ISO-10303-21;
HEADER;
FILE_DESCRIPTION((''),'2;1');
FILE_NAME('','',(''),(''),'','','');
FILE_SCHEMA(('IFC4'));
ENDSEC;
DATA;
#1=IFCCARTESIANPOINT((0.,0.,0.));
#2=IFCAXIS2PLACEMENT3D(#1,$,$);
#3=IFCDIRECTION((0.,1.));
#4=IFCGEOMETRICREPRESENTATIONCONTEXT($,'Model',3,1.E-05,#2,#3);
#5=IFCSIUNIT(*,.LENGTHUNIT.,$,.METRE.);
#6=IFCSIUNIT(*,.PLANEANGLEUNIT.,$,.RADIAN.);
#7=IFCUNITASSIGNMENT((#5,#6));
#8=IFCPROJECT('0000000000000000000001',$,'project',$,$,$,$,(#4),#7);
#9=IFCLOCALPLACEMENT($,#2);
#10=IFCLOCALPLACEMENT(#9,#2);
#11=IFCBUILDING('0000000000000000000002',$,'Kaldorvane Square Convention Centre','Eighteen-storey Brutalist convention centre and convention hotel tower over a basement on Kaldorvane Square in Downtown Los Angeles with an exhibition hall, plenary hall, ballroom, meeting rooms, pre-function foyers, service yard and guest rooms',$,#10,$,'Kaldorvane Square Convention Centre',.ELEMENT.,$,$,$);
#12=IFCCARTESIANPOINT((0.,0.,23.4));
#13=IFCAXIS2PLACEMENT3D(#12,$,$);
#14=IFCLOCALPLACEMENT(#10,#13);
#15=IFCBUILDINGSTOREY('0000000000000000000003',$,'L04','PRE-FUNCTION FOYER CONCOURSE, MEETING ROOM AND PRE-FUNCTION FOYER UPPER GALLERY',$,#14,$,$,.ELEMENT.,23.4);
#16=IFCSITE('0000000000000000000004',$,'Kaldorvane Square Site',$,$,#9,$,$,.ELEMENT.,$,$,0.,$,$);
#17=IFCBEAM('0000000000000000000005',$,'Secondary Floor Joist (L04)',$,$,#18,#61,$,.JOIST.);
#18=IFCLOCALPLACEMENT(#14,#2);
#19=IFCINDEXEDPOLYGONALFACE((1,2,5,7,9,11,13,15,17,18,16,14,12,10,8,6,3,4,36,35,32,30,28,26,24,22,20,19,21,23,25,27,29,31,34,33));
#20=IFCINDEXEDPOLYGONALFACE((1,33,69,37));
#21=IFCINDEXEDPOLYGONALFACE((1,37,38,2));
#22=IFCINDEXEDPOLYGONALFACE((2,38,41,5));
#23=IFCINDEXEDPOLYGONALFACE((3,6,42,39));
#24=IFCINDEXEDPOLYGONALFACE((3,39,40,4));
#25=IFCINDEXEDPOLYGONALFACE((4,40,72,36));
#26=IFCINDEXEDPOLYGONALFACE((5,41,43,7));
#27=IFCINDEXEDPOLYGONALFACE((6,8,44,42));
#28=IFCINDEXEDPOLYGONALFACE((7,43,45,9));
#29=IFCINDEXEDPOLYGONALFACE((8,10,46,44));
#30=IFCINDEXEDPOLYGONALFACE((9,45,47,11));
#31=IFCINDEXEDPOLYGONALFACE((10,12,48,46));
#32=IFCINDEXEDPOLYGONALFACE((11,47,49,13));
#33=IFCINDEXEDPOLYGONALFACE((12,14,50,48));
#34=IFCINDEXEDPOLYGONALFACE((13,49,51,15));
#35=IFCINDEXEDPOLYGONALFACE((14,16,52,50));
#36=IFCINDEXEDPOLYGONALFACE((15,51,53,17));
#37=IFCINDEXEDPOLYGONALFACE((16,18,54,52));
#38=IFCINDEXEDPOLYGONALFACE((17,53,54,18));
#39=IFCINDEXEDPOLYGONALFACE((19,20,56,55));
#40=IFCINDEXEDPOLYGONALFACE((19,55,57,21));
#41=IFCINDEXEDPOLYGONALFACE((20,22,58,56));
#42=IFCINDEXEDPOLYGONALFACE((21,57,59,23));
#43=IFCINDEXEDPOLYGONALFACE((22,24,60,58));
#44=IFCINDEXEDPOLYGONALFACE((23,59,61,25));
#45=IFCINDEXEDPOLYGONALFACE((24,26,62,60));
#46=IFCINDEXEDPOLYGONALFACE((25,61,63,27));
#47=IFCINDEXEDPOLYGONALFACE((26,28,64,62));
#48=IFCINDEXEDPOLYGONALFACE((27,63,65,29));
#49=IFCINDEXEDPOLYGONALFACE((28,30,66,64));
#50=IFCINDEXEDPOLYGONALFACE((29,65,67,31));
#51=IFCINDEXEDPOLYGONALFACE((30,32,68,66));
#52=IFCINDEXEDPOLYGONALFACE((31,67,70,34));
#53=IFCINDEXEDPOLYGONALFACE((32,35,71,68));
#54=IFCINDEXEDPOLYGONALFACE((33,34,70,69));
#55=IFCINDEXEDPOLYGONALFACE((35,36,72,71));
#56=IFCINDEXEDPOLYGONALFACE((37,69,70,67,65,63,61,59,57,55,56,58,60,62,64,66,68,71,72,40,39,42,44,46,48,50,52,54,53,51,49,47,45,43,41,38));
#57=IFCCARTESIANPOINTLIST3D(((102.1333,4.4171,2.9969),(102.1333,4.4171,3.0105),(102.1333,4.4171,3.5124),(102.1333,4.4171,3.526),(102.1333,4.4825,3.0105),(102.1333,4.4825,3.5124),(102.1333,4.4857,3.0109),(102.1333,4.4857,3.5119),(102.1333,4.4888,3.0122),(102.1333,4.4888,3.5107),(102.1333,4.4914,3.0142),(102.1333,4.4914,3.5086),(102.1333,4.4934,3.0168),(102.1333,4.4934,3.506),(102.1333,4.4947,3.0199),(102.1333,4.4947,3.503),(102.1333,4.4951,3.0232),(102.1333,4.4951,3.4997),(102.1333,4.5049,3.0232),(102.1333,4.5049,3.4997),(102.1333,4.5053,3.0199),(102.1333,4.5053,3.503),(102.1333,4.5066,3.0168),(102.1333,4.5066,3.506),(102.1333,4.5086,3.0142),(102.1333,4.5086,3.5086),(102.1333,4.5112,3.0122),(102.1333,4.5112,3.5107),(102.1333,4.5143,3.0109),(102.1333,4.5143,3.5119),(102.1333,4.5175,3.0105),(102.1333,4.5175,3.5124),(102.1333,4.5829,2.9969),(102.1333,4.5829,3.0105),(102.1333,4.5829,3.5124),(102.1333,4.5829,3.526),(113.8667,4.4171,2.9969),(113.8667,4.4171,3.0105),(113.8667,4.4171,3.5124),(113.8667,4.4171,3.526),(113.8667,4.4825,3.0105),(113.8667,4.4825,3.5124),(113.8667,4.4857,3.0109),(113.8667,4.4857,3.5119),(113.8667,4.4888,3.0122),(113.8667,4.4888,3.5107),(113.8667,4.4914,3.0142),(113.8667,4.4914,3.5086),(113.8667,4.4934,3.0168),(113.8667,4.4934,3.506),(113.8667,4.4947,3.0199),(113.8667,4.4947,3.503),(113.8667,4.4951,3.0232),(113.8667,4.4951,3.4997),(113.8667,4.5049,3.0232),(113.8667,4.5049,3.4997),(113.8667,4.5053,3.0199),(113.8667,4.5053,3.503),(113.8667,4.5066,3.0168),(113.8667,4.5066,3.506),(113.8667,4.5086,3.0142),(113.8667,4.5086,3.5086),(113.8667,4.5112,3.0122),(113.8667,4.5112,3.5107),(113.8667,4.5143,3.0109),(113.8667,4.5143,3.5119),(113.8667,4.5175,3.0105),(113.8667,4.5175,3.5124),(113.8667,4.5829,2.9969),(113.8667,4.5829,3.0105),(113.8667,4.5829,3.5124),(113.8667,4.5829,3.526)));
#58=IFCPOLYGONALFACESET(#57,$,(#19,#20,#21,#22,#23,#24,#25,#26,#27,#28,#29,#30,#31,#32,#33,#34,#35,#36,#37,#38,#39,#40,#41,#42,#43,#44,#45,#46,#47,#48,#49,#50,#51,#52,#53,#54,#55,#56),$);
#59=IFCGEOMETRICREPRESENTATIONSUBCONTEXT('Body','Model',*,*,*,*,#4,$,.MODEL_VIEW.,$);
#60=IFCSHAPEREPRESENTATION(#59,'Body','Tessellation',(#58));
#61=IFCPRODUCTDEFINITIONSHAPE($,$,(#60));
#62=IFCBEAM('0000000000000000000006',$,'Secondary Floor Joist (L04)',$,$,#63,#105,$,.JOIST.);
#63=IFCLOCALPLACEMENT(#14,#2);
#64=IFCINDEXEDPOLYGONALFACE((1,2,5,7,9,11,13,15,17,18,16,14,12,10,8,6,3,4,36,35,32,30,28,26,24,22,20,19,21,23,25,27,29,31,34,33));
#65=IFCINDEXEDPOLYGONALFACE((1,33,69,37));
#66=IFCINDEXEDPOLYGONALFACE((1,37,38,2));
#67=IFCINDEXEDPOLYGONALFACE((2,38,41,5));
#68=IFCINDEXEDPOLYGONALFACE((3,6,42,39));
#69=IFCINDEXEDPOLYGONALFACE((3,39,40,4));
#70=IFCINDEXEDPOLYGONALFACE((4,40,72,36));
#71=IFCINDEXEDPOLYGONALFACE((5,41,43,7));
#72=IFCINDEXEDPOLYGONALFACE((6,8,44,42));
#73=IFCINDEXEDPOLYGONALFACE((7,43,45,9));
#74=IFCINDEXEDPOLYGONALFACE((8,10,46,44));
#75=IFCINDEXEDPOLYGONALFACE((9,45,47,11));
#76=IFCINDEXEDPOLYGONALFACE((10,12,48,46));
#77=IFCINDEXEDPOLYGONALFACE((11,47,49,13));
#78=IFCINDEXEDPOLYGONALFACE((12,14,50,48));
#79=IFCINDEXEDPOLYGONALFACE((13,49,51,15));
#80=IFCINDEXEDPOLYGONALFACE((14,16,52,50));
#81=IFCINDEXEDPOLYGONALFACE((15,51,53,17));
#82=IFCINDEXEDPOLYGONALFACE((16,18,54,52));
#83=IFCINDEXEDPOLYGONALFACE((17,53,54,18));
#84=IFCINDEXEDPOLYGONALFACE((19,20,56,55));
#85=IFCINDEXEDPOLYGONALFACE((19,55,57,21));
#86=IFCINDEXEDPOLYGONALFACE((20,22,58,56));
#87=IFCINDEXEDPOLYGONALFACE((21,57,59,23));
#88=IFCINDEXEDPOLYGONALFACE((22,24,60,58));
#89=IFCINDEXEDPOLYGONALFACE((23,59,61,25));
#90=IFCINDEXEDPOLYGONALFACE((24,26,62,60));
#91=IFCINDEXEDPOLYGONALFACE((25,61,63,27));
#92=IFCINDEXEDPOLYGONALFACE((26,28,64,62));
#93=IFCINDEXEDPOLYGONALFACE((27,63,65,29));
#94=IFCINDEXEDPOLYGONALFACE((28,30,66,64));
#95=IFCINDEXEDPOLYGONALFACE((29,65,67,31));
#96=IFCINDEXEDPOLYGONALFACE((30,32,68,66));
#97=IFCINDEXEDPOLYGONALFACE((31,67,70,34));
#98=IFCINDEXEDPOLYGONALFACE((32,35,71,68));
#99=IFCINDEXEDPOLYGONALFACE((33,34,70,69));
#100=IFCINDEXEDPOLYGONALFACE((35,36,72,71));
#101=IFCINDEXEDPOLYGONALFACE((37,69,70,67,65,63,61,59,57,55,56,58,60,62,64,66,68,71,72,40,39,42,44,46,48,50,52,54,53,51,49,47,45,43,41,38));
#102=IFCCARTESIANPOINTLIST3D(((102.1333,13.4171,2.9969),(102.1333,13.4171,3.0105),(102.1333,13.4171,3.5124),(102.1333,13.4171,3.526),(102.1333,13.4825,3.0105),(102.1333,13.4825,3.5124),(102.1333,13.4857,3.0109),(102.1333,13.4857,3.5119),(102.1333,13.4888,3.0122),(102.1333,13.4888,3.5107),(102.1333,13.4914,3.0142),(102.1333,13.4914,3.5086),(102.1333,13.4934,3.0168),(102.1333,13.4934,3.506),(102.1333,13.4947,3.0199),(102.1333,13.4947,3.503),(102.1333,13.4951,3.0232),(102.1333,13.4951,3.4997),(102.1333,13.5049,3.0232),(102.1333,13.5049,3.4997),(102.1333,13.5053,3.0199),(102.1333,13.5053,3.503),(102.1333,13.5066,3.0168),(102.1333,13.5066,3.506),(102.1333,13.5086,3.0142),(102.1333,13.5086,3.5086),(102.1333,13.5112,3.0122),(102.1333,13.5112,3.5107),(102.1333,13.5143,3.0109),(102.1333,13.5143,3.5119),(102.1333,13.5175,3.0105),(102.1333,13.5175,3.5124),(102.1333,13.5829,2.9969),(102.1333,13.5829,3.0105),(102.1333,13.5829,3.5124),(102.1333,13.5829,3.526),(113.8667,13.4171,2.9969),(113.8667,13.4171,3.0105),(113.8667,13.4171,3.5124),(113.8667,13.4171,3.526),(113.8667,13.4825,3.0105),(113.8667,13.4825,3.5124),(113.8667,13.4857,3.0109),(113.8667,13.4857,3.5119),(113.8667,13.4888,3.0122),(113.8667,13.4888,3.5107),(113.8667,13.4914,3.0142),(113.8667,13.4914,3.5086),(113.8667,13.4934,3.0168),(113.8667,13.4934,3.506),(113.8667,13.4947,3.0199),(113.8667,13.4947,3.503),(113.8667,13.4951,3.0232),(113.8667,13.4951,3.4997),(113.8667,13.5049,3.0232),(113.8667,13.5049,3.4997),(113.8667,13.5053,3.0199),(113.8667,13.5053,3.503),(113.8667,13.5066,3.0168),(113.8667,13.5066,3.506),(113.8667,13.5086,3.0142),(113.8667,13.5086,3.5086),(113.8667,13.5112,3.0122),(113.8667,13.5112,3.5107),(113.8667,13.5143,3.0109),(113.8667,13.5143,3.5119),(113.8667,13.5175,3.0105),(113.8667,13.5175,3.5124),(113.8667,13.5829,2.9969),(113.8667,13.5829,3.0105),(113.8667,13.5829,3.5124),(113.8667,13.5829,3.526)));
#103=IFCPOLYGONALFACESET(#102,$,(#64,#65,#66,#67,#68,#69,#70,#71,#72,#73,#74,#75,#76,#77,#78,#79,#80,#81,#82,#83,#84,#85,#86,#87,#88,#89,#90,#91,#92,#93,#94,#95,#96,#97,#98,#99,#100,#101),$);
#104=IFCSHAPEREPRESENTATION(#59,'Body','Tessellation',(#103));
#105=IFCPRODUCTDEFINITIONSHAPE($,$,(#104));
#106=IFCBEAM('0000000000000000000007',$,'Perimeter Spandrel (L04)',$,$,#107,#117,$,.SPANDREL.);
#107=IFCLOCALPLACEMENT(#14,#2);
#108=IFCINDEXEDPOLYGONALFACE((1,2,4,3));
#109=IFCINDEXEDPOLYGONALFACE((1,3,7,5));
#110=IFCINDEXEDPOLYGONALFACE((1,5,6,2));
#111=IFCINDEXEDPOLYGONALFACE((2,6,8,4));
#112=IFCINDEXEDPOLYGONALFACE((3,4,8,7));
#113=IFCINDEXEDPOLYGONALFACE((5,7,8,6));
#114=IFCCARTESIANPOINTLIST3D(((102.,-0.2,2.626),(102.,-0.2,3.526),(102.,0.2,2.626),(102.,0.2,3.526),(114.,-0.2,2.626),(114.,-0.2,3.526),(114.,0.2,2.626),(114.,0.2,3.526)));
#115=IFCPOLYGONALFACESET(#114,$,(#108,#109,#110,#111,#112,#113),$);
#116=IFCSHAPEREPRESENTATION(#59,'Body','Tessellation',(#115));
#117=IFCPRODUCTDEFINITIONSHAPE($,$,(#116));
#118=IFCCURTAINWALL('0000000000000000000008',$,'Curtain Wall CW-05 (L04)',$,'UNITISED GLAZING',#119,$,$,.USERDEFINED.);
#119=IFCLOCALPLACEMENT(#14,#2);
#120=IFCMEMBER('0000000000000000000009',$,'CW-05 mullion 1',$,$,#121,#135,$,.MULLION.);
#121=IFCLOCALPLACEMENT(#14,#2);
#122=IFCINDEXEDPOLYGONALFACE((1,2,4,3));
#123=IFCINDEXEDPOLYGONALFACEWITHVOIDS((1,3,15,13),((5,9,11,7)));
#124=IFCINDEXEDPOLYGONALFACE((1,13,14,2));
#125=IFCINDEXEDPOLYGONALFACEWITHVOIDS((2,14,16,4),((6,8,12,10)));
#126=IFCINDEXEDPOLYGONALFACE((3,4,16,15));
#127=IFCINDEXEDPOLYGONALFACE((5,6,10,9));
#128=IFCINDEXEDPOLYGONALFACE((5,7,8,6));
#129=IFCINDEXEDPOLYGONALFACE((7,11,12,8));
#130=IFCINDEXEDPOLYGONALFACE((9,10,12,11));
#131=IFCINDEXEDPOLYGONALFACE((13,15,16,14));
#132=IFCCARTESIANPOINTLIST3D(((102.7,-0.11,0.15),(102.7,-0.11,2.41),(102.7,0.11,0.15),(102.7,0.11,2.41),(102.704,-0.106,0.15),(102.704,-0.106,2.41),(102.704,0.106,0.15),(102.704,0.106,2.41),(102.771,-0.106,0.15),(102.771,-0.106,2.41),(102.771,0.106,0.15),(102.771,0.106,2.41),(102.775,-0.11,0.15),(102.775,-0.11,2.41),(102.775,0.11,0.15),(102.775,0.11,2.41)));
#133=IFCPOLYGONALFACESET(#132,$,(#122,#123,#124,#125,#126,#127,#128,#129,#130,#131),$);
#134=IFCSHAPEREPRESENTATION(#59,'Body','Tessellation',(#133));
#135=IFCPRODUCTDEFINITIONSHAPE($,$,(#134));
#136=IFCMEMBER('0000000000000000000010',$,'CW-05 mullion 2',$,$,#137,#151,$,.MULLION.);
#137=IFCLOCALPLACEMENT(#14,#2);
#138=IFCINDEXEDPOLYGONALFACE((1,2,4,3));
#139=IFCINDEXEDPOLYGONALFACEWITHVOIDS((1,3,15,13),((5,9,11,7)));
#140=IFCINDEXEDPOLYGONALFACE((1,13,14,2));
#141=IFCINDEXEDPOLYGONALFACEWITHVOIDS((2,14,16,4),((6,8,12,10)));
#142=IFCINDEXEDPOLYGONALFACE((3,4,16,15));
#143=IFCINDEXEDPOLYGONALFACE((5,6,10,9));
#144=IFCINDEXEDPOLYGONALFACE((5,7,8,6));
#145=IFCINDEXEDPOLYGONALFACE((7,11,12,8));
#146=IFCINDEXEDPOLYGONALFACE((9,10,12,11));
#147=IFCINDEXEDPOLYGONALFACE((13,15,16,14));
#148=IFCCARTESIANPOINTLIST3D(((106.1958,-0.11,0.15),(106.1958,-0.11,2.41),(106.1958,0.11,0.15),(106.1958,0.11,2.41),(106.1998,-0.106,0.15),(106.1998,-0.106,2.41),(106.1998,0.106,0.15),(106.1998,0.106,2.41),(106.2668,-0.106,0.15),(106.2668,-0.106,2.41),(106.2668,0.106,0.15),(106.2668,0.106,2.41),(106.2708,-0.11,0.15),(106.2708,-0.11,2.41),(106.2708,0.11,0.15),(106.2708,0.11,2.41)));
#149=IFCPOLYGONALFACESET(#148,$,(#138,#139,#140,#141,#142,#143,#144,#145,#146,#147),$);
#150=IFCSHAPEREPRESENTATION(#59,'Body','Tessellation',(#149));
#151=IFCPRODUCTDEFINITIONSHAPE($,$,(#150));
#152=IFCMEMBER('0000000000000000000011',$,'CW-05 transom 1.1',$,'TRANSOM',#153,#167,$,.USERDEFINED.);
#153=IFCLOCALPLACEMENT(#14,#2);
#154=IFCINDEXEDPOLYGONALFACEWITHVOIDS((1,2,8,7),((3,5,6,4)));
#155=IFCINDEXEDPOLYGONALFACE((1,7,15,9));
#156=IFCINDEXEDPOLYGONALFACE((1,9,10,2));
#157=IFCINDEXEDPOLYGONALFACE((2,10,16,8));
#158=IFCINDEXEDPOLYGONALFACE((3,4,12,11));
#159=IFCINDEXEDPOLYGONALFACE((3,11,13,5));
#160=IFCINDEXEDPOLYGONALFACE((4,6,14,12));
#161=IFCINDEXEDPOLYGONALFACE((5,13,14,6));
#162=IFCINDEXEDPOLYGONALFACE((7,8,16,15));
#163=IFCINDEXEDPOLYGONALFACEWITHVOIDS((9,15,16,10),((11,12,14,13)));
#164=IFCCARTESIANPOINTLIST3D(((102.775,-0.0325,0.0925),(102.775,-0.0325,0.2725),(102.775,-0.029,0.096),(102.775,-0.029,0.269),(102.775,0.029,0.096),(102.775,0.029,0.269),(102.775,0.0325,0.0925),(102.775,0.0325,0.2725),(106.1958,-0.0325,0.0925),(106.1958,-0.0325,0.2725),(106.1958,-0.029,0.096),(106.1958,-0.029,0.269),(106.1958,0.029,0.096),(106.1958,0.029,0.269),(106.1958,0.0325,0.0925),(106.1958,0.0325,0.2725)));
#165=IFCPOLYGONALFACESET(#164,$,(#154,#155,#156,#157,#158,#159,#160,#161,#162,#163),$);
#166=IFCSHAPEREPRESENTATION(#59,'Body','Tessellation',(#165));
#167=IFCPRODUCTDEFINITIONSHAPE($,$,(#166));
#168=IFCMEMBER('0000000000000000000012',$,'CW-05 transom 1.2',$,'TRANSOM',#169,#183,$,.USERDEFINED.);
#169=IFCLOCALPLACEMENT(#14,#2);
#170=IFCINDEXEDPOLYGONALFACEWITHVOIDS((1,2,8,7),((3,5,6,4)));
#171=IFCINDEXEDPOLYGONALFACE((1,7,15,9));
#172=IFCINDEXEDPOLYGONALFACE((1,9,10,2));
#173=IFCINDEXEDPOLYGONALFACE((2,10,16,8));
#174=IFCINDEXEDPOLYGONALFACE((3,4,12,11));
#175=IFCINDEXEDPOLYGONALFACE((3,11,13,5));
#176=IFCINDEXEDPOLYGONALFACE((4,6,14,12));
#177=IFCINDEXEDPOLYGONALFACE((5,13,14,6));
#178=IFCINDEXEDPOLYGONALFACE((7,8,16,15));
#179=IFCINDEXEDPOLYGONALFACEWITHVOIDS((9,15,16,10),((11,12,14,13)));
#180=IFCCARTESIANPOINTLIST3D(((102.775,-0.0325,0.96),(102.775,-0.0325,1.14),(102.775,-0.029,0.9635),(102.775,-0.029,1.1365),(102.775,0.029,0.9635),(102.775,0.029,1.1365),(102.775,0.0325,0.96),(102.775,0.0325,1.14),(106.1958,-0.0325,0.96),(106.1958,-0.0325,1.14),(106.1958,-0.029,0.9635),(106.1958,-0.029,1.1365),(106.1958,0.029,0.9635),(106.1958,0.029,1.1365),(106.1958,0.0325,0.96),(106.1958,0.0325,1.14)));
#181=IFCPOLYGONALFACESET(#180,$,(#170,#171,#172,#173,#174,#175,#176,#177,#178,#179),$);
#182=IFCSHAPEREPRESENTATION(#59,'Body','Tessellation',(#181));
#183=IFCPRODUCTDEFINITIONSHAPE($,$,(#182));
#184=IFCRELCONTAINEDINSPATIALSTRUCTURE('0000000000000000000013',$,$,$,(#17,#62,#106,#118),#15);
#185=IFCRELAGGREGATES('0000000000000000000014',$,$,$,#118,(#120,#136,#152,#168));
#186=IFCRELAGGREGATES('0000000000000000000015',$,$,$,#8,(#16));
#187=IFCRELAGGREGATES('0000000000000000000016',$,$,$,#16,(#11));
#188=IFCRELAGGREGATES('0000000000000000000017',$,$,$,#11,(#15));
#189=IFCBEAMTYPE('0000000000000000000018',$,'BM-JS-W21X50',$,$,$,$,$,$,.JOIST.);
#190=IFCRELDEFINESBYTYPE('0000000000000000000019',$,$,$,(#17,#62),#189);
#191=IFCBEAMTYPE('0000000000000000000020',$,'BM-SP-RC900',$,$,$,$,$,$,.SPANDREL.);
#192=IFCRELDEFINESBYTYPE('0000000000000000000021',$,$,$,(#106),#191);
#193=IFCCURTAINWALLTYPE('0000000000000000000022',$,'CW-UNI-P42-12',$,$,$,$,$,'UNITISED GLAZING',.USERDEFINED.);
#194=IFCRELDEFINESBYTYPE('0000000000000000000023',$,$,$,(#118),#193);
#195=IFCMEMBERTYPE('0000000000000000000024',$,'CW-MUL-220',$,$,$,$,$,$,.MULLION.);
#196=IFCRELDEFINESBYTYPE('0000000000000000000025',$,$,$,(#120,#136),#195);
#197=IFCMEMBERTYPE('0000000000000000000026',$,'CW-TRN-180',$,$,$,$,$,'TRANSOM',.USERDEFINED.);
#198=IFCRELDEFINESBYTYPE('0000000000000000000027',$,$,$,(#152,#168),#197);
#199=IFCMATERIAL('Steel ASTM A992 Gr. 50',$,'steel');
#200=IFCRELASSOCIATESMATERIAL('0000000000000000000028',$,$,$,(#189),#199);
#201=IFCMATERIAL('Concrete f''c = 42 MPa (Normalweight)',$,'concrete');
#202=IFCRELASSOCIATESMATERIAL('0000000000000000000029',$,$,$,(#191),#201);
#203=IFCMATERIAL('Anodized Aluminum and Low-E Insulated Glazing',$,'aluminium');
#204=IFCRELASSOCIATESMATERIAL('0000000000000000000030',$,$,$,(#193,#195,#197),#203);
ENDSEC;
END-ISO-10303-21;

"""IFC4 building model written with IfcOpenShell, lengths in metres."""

from ifc_helpers import new_model, si_unit, direction, frame, origin, origin_2d, place, context, subcontext, project, spatial, rectangle, hollow_rectangle, i_section, extrude, material, material_profile, profile_set, type_object, element, aggregate, save


model = new_model("IFC4")

# Units and contexts
model_context = context("Model", 3, precision=1e-05, world=origin(), true_north=direction((0.0, 1.0)))
body_context = subcontext(model_context, "Body", "Model", "MODEL_VIEW")
ifc_project = project(units=[si_unit("LENGTHUNIT", "METRE"), si_unit("PLANEANGLEUNIT", "RADIAN")], contexts=[model_context])

# Site, building, storey
site_placement = place(None, origin())
site = spatial("IfcSite", under=ifc_project, at=site_placement, Name="Kaldorvane Square Site", CompositionType="ELEMENT", RefElevation=0.0)
building_placement = place(site_placement, origin())
building = spatial("IfcBuilding", under=site, at=building_placement, Name="Kaldorvane Square Convention Centre", Description="Eighteen-storey Brutalist convention centre and convention hotel tower over a basement on Kaldorvane Square in Downtown Los Angeles with an exhibition hall, plenary hall, ballroom, meeting rooms, pre-function foyers, service yard and guest rooms", LongName="Kaldorvane Square Convention Centre", CompositionType="ELEMENT")
storey_placement = place(building_placement, frame((0.0, 0.0, 23.4)))
storey = spatial("IfcBuildingStorey", under=building, at=storey_placement, Name="L04", Description="PRE-FUNCTION FOYER CONCOURSE, MEETING ROOM AND PRE-FUNCTION FOYER UPPER GALLERY", CompositionType="ELEMENT", Elevation=23.4)

# Shared definitions
ifc_material_1 = material(Name="Steel ASTM A992 Gr. 50", Category="steel")

# Beams
ifc_material_profile_1 = material_profile(ifc_material_1, i_section(OverallWidth=0.1659, OverallDepth=0.5291, WebThickness=0.0097, FlangeThickness=0.0136, FilletRadius=0.0127, at=origin_2d()), Name="W21X50")
ifc_profile_set_1 = profile_set([ifc_material_profile_1], Name="Steel ASTM A992 Gr. 50")
beam_type_1 = type_object("IfcBeamType", Name="BM-JS-W21X50", PredefinedType="JOIST", material=ifc_profile_set_1)
for number, where, z_axis, x_axis, name in (
    (1, (102.1333, 4.5, 3.2614), (1.0, 0.0, 0.0), (0.0, 1.0, 0.0), "Secondary Floor Joist (L04)"),
    (2, (102.1333, 13.5, 3.2614), (1.0, 0.0, 0.0), (0.0, 1.0, 0.0), "Secondary Floor Joist (L04)"),
):
    element("IfcBeam", number, at=place(storey_placement, frame(where, z_axis=z_axis, x_axis=x_axis)), inside=storey, type_object=beam_type_1, Name=name, PredefinedType="JOIST", context=body_context, shape_type="SweptSolid", body=[
        extrude(i_section(OverallWidth=0.1659, OverallDepth=0.5291, WebThickness=0.0097, FlangeThickness=0.0136, FilletRadius=0.0127, at=origin_2d()), origin(), (0.0, 0.0, 1.0), 11.7334),
    ])
ifc_material_2 = material(Name="Concrete f'c = 42 MPa (Normalweight)", Category="concrete")
ifc_material_profile_2 = material_profile(ifc_material_2, rectangle(XDim=0.4, YDim=0.9, at=origin_2d()), Name="RCSP900X400")
ifc_profile_set_2 = profile_set([ifc_material_profile_2], Name="Concrete f'c = 42 MPa (Normalweight)")
beam_type_2 = type_object("IfcBeamType", Name="BM-SP-RC900", PredefinedType="SPANDREL", material=ifc_profile_set_2)
beam_1_placement = place(storey_placement, frame((102.0, 0.0, 3.076), z_axis=(1.0, 0.0, 0.0), x_axis=(0.0, 1.0, 0.0)))
element("IfcBeam", 3, at=beam_1_placement, inside=storey, type_object=beam_type_2, Name="Perimeter Spandrel (L04)", PredefinedType="SPANDREL", context=body_context, shape_type="SweptSolid", body=[
    extrude(rectangle(XDim=0.4, YDim=0.9, at=origin_2d()), origin(), (0.0, 0.0, 1.0), 12.0),
])

# Curtain wall, members
ifc_material_3 = material(Name="Anodized Aluminum and Low-E Insulated Glazing", Category="aluminium")
curtain_wall_type = type_object("IfcCurtainWallType", Name="CW-UNI-P42-12", ElementType="UNITISED GLAZING", PredefinedType="USERDEFINED", material=ifc_material_3)
curtain_wall_placement = place(storey_placement, origin())
curtain_wall = element("IfcCurtainWall", 4, at=curtain_wall_placement, inside=storey, type_object=curtain_wall_type, Name="Curtain Wall CW-05 (L04)", ObjectType="UNITISED GLAZING", PredefinedType="USERDEFINED")
ifc_material_profile_3 = material_profile(ifc_material_3, hollow_rectangle(XDim=0.075, YDim=0.22, WallThickness=0.004, at=origin_2d()), Name="CWM-220X75")
ifc_profile_set_3 = profile_set([ifc_material_profile_3], Name="Anodized Aluminum and Low-E Insulated Glazing")
member_type_1 = type_object("IfcMemberType", Name="CW-MUL-220", PredefinedType="MULLION", material=ifc_profile_set_3)
member_1_placement = place(storey_placement, frame((102.7375, 0.0, 0.15), z_axis=(0.0, 0.0, 1.0), x_axis=(1.0, 0.0, 0.0)))
member_1 = element("IfcMember", 5, at=member_1_placement, type_object=member_type_1, Name="CW-05 mullion 1", PredefinedType="MULLION", context=body_context, shape_type="SweptSolid", body=[
    extrude(hollow_rectangle(XDim=0.075, YDim=0.22, WallThickness=0.004, at=origin_2d()), origin(), (0.0, 0.0, 1.0), 2.26),
])
member_2_placement = place(storey_placement, frame((106.2333, 0.0, 0.15), z_axis=(0.0, 0.0, 1.0), x_axis=(1.0, 0.0, 0.0)))
member_2 = element("IfcMember", 6, at=member_2_placement, type_object=member_type_1, Name="CW-05 mullion 2", PredefinedType="MULLION", context=body_context, shape_type="SweptSolid", body=[
    extrude(hollow_rectangle(XDim=0.075, YDim=0.22, WallThickness=0.004, at=origin_2d()), origin(), (0.0, 0.0, 1.0), 2.26),
])
ifc_material_profile_4 = material_profile(ifc_material_3, hollow_rectangle(XDim=0.065, YDim=0.18, WallThickness=0.0035, at=origin_2d()), Name="CWT-180X65")
ifc_profile_set_4 = profile_set([ifc_material_profile_4], Name="Anodized Aluminum and Low-E Insulated Glazing")
member_type_2 = type_object("IfcMemberType", Name="CW-TRN-180", ElementType="TRANSOM", PredefinedType="USERDEFINED", material=ifc_profile_set_4)
member_3_placement = place(storey_placement, frame((102.775, 0.0, 0.1825), z_axis=(1.0, 0.0, 0.0), x_axis=(0.0, 1.0, 0.0)))
member_3 = element("IfcMember", 7, at=member_3_placement, type_object=member_type_2, Name="CW-05 transom 1.1", ObjectType="TRANSOM", PredefinedType="USERDEFINED", context=body_context, shape_type="SweptSolid", body=[
    extrude(hollow_rectangle(XDim=0.065, YDim=0.18, WallThickness=0.0035, at=origin_2d()), origin(), (0.0, 0.0, 1.0), 3.4208),
])
member_4_placement = place(storey_placement, frame((102.775, 0.0, 1.05), z_axis=(1.0, 0.0, 0.0), x_axis=(0.0, 1.0, 0.0)))
member_4 = element("IfcMember", 8, at=member_4_placement, type_object=member_type_2, Name="CW-05 transom 1.2", ObjectType="TRANSOM", PredefinedType="USERDEFINED", context=body_context, shape_type="SweptSolid", body=[
    extrude(hollow_rectangle(XDim=0.065, YDim=0.18, WallThickness=0.0035, at=origin_2d()), origin(), (0.0, 0.0, 1.0), 3.4208),
])

aggregate(curtain_wall, [member_1, member_2, member_3, member_4])

save(model, "model.ifc")
